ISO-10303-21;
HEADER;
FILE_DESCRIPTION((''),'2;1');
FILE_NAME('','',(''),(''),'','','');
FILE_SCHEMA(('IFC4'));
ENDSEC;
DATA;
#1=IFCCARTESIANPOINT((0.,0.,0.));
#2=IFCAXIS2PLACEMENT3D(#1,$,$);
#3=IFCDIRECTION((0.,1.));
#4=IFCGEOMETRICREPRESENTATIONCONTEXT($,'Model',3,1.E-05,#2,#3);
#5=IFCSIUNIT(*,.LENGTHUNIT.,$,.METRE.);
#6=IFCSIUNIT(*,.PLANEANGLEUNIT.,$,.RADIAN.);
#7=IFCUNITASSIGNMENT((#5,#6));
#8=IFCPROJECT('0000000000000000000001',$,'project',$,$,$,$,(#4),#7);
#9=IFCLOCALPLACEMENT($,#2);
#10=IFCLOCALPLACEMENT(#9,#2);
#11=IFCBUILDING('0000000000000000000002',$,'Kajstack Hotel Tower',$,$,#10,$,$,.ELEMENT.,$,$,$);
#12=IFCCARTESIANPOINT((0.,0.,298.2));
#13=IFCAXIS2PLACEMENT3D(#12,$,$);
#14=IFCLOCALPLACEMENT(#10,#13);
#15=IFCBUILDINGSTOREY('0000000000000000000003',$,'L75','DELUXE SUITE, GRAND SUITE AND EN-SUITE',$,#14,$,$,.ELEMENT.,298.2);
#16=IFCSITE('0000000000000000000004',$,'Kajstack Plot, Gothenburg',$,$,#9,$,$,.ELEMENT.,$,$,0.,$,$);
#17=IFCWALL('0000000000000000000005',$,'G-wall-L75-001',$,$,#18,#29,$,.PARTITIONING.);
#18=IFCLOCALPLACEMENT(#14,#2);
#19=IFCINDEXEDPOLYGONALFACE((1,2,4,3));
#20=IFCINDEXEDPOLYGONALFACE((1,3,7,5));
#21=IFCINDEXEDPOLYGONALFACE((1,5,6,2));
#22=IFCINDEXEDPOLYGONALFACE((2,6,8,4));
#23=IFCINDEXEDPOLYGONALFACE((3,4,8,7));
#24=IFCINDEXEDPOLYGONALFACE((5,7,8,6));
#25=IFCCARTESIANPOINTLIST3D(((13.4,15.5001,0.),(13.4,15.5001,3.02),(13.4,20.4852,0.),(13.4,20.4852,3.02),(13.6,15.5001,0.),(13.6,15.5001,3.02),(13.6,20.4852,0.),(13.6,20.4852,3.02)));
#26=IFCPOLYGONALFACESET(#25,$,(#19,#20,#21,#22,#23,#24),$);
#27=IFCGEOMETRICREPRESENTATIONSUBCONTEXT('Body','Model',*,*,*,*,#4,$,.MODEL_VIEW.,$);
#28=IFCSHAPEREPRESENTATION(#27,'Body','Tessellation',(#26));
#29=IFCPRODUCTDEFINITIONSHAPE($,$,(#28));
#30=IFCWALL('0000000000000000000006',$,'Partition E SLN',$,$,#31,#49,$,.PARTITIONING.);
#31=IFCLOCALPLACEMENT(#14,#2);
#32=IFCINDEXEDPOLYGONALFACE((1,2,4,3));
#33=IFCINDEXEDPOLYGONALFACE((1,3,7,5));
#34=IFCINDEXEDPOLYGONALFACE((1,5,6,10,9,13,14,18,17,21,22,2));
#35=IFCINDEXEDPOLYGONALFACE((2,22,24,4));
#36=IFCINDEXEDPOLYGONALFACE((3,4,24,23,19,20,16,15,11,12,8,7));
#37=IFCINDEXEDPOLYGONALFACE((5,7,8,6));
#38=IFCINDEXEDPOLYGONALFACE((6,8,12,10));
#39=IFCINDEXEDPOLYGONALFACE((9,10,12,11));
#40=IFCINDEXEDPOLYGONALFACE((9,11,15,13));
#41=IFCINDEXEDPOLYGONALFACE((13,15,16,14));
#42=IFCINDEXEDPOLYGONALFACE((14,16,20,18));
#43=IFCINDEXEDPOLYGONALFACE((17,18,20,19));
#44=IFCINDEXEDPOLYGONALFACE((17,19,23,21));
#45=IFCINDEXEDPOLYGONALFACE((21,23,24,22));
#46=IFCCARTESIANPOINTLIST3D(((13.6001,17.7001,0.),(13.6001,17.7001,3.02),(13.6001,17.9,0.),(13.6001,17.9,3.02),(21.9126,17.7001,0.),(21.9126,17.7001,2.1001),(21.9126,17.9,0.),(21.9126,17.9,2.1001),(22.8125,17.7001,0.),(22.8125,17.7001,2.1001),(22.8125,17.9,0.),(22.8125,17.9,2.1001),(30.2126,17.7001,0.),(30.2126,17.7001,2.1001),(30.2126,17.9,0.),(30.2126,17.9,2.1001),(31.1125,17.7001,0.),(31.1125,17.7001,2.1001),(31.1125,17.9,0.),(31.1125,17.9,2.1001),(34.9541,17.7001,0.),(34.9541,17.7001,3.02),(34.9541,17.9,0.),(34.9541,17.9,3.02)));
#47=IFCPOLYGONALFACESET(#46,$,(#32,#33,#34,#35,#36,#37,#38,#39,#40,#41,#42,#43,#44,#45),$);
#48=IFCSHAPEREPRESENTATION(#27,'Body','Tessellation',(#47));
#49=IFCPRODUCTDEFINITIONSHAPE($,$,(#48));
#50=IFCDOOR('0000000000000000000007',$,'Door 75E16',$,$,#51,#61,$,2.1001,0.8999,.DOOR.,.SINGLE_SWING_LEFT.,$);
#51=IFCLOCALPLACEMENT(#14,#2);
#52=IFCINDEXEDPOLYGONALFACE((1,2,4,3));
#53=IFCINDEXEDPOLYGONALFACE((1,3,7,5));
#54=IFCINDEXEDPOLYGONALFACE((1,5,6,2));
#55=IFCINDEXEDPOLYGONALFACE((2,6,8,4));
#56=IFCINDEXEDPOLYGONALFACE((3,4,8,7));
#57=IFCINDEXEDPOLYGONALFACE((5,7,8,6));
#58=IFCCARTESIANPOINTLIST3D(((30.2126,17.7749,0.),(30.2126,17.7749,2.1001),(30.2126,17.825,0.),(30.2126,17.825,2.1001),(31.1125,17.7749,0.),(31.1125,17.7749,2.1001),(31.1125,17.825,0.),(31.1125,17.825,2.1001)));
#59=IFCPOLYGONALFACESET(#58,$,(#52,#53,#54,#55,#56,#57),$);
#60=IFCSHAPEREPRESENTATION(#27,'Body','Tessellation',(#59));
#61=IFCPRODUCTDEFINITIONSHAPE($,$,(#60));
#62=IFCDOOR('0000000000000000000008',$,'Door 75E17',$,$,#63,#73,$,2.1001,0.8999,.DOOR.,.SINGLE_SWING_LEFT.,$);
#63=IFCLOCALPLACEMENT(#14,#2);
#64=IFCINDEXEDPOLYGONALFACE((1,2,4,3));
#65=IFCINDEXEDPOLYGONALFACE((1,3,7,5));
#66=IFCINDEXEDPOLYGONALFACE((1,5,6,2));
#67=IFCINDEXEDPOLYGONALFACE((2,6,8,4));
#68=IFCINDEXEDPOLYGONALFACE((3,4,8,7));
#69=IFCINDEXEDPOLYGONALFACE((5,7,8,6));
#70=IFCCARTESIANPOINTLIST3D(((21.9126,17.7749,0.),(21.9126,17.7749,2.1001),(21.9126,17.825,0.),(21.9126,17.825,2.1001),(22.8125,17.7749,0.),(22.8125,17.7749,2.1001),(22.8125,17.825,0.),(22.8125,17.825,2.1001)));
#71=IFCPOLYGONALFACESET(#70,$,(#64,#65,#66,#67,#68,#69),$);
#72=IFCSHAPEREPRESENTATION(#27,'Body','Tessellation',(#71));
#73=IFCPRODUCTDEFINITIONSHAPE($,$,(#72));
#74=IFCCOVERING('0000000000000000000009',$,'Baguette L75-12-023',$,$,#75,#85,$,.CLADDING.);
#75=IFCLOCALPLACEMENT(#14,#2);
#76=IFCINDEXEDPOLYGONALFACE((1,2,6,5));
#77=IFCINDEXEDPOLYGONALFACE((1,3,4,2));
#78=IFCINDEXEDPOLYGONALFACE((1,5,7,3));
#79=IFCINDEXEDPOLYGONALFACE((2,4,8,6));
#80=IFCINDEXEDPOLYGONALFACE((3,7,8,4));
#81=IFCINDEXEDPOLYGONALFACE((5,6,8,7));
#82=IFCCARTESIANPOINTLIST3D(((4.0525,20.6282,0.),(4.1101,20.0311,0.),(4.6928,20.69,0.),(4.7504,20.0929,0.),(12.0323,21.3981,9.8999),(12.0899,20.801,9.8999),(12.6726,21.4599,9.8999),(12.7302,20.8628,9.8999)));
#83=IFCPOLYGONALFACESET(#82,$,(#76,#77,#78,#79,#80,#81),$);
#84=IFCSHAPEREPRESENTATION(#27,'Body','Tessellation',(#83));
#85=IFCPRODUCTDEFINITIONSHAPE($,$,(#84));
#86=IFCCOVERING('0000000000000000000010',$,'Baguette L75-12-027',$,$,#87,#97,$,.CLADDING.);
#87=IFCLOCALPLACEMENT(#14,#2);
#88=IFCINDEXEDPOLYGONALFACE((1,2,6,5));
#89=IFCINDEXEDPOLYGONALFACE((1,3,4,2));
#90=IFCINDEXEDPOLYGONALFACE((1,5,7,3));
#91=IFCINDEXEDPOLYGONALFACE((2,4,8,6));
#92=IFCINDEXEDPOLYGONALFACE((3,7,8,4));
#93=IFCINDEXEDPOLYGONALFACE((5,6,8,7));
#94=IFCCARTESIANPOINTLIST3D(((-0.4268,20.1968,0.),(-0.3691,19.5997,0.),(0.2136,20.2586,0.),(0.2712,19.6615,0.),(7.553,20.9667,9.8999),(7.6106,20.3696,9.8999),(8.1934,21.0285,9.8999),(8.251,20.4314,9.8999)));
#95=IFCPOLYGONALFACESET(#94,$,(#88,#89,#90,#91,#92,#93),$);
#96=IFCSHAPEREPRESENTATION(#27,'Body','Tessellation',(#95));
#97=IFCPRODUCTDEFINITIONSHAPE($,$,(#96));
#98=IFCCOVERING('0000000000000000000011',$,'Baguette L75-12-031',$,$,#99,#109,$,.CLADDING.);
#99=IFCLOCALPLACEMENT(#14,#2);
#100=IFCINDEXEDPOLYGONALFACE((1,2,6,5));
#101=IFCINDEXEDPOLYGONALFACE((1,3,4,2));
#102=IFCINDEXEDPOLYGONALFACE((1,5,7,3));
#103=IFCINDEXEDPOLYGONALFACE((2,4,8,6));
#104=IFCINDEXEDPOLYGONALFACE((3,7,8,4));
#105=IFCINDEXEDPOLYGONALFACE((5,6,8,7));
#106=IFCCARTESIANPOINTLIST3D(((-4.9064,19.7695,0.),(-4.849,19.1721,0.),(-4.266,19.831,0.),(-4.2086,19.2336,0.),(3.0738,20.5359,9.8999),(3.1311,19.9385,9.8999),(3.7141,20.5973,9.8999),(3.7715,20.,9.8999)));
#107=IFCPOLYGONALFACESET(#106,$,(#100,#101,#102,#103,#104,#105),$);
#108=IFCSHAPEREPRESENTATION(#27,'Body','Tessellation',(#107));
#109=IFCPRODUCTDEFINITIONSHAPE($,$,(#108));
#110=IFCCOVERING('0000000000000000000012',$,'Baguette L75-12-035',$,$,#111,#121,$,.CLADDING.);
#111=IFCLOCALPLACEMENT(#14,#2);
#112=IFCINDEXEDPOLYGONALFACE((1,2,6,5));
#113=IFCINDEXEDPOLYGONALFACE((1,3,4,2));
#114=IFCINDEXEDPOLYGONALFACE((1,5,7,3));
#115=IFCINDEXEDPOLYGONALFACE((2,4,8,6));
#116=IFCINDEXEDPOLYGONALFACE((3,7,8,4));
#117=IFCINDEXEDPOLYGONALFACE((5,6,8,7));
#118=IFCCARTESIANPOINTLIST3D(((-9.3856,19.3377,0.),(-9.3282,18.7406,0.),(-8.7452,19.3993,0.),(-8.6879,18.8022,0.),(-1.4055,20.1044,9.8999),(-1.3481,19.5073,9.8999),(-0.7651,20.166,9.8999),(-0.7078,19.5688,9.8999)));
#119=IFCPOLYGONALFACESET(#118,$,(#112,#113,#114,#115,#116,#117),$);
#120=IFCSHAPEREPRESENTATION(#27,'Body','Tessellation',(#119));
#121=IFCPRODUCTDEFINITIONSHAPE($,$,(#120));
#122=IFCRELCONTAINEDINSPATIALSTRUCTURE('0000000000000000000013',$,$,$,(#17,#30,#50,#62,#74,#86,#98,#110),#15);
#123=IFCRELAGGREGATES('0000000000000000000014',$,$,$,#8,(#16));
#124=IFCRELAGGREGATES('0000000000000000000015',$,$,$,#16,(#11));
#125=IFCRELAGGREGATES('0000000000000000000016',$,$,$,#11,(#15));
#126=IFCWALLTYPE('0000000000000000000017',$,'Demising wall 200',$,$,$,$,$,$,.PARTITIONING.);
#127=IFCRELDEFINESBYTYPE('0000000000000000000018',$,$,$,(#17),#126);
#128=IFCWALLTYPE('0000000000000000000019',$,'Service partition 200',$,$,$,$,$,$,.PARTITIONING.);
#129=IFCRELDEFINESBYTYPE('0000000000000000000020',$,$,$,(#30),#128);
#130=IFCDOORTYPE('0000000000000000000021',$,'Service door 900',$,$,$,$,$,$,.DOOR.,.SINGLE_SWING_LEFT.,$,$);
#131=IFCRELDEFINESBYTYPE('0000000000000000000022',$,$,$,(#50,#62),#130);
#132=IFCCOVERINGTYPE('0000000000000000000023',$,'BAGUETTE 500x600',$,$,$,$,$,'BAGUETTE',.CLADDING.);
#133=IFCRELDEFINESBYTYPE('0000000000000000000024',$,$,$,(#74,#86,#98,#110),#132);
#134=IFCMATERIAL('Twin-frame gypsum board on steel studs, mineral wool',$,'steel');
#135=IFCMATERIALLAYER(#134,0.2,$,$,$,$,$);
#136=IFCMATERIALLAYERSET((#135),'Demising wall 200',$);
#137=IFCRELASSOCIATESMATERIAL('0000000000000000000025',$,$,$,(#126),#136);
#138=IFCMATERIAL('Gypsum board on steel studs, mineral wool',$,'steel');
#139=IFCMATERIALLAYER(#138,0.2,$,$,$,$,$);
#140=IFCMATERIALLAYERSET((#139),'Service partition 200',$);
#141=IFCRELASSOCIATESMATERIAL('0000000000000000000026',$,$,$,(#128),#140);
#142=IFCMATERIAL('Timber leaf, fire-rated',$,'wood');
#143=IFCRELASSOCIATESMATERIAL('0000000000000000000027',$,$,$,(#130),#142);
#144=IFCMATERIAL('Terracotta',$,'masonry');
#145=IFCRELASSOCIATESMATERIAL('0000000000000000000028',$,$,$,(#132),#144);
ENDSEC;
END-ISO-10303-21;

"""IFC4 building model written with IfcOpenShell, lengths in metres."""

from ifc_helpers import new_model, si_unit, direction, frame, frame_2d, origin, origin_2d, place, context, subcontext, project, spatial, polyline, rectangle, outline, extrude, material, layer, layer_set, material_profile, profile_set, type_object, element, fill, save


model = new_model("IFC4")

# Units and contexts
model_context = context("Model", 3, precision=1e-05, world=origin(), true_north=direction((0.0, 1.0)))
body_context = subcontext(model_context, "Body", "Model", "MODEL_VIEW")
ifc_project = project(units=[si_unit("LENGTHUNIT", "METRE"), si_unit("PLANEANGLEUNIT", "RADIAN")], contexts=[model_context])

# Site, building, storey
site_placement = place(None, origin())
site = spatial("IfcSite", under=ifc_project, at=site_placement, Name="Kajstack Plot, Gothenburg", CompositionType="ELEMENT", RefElevation=0.0)
building_placement = place(site_placement, origin())
building = spatial("IfcBuilding", under=site, at=building_placement, Name="Kajstack Hotel Tower", CompositionType="ELEMENT")
storey_placement = place(building_placement, frame((0.0, 0.0, 298.2)))
storey = spatial("IfcBuildingStorey", under=building, at=storey_placement, Name="L75", Description="DELUXE SUITE, GRAND SUITE AND EN-SUITE", CompositionType="ELEMENT", Elevation=298.2)

# Wall
ifc_material_1 = material(Name="Twin-frame gypsum board on steel studs, mineral wool", Category="steel")
ifc_layer_1 = layer(ifc_material_1, 0.2)
ifc_layer_set_1 = layer_set([ifc_layer_1], Name="Demising wall 200")
wall_type_1 = type_object("IfcWallType", Name="Demising wall 200", PredefinedType="PARTITIONING", material=ifc_layer_set_1)
wall_1_placement = place(storey_placement, frame((13.5, 15.5, 0.0), z_axis=(0.0, 0.0, 1.0), x_axis=(0.0, 1.0, 0.0)))
element("IfcWall", 1, at=wall_1_placement, inside=storey, type_object=wall_type_1, Name="G-wall-L75-001", PredefinedType="PARTITIONING", context=body_context, shape_type="SweptSolid", body=[
    extrude(rectangle(XDim=4.9851, YDim=0.2, at=frame_2d((2.4927, 0.0))), origin(), (0.0, 0.0, 1.0), 3.02),
])

# Wall, openings, doors
ifc_material_2 = material(Name="Gypsum board on steel studs, mineral wool", Category="steel")
ifc_layer_2 = layer(ifc_material_2, 0.2)
ifc_layer_set_2 = layer_set([ifc_layer_2], Name="Service partition 200")
wall_type_2 = type_object("IfcWallType", Name="Service partition 200", PredefinedType="PARTITIONING", material=ifc_layer_set_2)
wall_2_placement = place(storey_placement, frame((13.6001, 17.8, 0.0), z_axis=(0.0, 0.0, 1.0), x_axis=(1.0, 0.0, 0.0)))
wall_2 = element("IfcWall", 2, at=wall_2_placement, inside=storey, type_object=wall_type_2, Name="Partition E SLN", PredefinedType="PARTITIONING", context=body_context, shape_type="SweptSolid", body=[
    extrude(rectangle(XDim=21.354, YDim=0.2, at=frame_2d((10.677, 0.0))), origin(), (0.0, 0.0, 1.0), 3.02),
])
opening_1_placement = place(wall_2_placement, frame((16.6125, 0.0, 0.0)))
opening_1 = element("IfcOpeningElement", 3, at=opening_1_placement, cuts=wall_2, PredefinedType="OPENING", context=body_context, shape_type="SweptSolid", body=[
    extrude(rectangle(XDim=0.8999, YDim=2.1001, at=frame_2d((0.45, 1.05))), frame((0.0, 0.1099, 0.0), z_axis=(0.0, -1.0, 0.0), x_axis=(1.0, 0.0, 0.0)), (0.0, 0.0, 1.0), 0.22),
])
opening_2_placement = place(wall_2_placement, frame((8.3125, 0.0, 0.0)))
opening_2 = element("IfcOpeningElement", 4, at=opening_2_placement, cuts=wall_2, PredefinedType="OPENING", context=body_context, shape_type="SweptSolid", body=[
    extrude(rectangle(XDim=0.8999, YDim=2.1001, at=frame_2d((0.45, 1.05))), frame((0.0, 0.1099, 0.0), z_axis=(0.0, -1.0, 0.0), x_axis=(1.0, 0.0, 0.0)), (0.0, 0.0, 1.0), 0.22),
])
ifc_material_3 = material(Name="Timber leaf, fire-rated", Category="wood")
door_type = type_object("IfcDoorType", Name="Service door 900", OperationType="SINGLE_SWING_LEFT", PredefinedType="DOOR", material=ifc_material_3)
door_1_placement = place(opening_1_placement, origin())
door_1 = element("IfcDoor", 5, at=door_1_placement, inside=storey, type_object=door_type, Name="Door 75E16", OperationType="SINGLE_SWING_LEFT", OverallHeight=2.1001, OverallWidth=0.8999, PredefinedType="DOOR", context=body_context, shape_type="SweptSolid", body=[
    extrude(rectangle(XDim=0.8999, YDim=2.1001, at=frame_2d((0.45, 1.05))), frame((0.0, 0.0249, 0.0), z_axis=(0.0, -1.0, 0.0), x_axis=(1.0, 0.0, 0.0)), (0.0, 0.0, 1.0), 0.05),
])
fill(opening_1, door_1)
door_2_placement = place(opening_2_placement, origin())
door_2 = element("IfcDoor", 6, at=door_2_placement, inside=storey, type_object=door_type, Name="Door 75E17", OperationType="SINGLE_SWING_LEFT", OverallHeight=2.1001, OverallWidth=0.8999, PredefinedType="DOOR", context=body_context, shape_type="SweptSolid", body=[
    extrude(rectangle(XDim=0.8999, YDim=2.1001, at=frame_2d((0.45, 1.05))), frame((0.0, 0.0249, 0.0), z_axis=(0.0, -1.0, 0.0), x_axis=(1.0, 0.0, 0.0)), (0.0, 0.0, 1.0), 0.05),
])
fill(opening_2, door_2)

# Coverings
ifc_material_4 = material(Name="Terracotta", Category="masonry")
ifc_material_profile = material_profile(ifc_material_4, rectangle(XDim=0.6001, YDim=0.5, at=origin_2d()), Name="Terracotta-clad concrete baguette 500 x 600")
ifc_profile_set = profile_set([ifc_material_profile], Name="Terracotta")
covering_type = type_object("IfcCoveringType", Name="BAGUETTE 500x600", ElementType="BAGUETTE", PredefinedType="CLADDING", material=ifc_profile_set)
for number, where, z_axis, x_axis, name in (
    (7, (12.7302, 20.8628, 0.0), (-0.096038, 0.995378, 0.0), (-0.995378, -0.096038, 0.0), "Baguette L75-12-023"),
    (8, (8.251, 20.4314, 0.0), (-0.096038, 0.995378, 0.0), (-0.995378, -0.096038, 0.0), "Baguette L75-12-027"),
):
    element("IfcCovering", number, at=place(storey_placement, frame(where, z_axis=z_axis, x_axis=x_axis)), inside=storey, type_object=covering_type, Name=name, PredefinedType="CLADDING", context=body_context, shape_type="SweptSolid", body=[
        extrude(outline(polyline([(0.0, 9.8999), (8.0168, 0.0), (8.6602, 0.0), (0.6433, 9.8999), (0.0, 9.8999)])), origin(), (0.0, 0.0, 1.0), 0.5999),
    ])
covering_1_placement = place(storey_placement, frame((3.7715, 20.0, 0.0), z_axis=(-0.095596, 0.99542, 0.0), x_axis=(-0.99542, -0.095596, 0.0)))
element("IfcCovering", 9, at=covering_1_placement, inside=storey, type_object=covering_type, Name="Baguette L75-12-031", PredefinedType="CLADDING", context=body_context, shape_type="SweptSolid", body=[
    extrude(outline(polyline([(0.0, 9.8999), (8.0168, 0.0), (8.6602, 0.0), (0.6433, 9.8999), (0.0, 9.8999)])), origin(), (0.0, 0.0, 1.0), 0.6001),
])
covering_2_placement = place(storey_placement, frame((-0.7078, 19.5688, 0.0), z_axis=(-0.095635, 0.995416, 0.0), x_axis=(-0.995416, -0.095635, 0.0)))
element("IfcCovering", 10, at=covering_2_placement, inside=storey, type_object=covering_type, Name="Baguette L75-12-035", PredefinedType="CLADDING", context=body_context, shape_type="SweptSolid", body=[
    extrude(outline(polyline([(0.0, 9.8999), (8.0168, 0.0), (8.6602, 0.0), (0.6433, 9.8999), (0.0, 9.8999)])), origin(), (0.0, 0.0, 1.0), 0.5999),
])

save(model, "model.ifc")
